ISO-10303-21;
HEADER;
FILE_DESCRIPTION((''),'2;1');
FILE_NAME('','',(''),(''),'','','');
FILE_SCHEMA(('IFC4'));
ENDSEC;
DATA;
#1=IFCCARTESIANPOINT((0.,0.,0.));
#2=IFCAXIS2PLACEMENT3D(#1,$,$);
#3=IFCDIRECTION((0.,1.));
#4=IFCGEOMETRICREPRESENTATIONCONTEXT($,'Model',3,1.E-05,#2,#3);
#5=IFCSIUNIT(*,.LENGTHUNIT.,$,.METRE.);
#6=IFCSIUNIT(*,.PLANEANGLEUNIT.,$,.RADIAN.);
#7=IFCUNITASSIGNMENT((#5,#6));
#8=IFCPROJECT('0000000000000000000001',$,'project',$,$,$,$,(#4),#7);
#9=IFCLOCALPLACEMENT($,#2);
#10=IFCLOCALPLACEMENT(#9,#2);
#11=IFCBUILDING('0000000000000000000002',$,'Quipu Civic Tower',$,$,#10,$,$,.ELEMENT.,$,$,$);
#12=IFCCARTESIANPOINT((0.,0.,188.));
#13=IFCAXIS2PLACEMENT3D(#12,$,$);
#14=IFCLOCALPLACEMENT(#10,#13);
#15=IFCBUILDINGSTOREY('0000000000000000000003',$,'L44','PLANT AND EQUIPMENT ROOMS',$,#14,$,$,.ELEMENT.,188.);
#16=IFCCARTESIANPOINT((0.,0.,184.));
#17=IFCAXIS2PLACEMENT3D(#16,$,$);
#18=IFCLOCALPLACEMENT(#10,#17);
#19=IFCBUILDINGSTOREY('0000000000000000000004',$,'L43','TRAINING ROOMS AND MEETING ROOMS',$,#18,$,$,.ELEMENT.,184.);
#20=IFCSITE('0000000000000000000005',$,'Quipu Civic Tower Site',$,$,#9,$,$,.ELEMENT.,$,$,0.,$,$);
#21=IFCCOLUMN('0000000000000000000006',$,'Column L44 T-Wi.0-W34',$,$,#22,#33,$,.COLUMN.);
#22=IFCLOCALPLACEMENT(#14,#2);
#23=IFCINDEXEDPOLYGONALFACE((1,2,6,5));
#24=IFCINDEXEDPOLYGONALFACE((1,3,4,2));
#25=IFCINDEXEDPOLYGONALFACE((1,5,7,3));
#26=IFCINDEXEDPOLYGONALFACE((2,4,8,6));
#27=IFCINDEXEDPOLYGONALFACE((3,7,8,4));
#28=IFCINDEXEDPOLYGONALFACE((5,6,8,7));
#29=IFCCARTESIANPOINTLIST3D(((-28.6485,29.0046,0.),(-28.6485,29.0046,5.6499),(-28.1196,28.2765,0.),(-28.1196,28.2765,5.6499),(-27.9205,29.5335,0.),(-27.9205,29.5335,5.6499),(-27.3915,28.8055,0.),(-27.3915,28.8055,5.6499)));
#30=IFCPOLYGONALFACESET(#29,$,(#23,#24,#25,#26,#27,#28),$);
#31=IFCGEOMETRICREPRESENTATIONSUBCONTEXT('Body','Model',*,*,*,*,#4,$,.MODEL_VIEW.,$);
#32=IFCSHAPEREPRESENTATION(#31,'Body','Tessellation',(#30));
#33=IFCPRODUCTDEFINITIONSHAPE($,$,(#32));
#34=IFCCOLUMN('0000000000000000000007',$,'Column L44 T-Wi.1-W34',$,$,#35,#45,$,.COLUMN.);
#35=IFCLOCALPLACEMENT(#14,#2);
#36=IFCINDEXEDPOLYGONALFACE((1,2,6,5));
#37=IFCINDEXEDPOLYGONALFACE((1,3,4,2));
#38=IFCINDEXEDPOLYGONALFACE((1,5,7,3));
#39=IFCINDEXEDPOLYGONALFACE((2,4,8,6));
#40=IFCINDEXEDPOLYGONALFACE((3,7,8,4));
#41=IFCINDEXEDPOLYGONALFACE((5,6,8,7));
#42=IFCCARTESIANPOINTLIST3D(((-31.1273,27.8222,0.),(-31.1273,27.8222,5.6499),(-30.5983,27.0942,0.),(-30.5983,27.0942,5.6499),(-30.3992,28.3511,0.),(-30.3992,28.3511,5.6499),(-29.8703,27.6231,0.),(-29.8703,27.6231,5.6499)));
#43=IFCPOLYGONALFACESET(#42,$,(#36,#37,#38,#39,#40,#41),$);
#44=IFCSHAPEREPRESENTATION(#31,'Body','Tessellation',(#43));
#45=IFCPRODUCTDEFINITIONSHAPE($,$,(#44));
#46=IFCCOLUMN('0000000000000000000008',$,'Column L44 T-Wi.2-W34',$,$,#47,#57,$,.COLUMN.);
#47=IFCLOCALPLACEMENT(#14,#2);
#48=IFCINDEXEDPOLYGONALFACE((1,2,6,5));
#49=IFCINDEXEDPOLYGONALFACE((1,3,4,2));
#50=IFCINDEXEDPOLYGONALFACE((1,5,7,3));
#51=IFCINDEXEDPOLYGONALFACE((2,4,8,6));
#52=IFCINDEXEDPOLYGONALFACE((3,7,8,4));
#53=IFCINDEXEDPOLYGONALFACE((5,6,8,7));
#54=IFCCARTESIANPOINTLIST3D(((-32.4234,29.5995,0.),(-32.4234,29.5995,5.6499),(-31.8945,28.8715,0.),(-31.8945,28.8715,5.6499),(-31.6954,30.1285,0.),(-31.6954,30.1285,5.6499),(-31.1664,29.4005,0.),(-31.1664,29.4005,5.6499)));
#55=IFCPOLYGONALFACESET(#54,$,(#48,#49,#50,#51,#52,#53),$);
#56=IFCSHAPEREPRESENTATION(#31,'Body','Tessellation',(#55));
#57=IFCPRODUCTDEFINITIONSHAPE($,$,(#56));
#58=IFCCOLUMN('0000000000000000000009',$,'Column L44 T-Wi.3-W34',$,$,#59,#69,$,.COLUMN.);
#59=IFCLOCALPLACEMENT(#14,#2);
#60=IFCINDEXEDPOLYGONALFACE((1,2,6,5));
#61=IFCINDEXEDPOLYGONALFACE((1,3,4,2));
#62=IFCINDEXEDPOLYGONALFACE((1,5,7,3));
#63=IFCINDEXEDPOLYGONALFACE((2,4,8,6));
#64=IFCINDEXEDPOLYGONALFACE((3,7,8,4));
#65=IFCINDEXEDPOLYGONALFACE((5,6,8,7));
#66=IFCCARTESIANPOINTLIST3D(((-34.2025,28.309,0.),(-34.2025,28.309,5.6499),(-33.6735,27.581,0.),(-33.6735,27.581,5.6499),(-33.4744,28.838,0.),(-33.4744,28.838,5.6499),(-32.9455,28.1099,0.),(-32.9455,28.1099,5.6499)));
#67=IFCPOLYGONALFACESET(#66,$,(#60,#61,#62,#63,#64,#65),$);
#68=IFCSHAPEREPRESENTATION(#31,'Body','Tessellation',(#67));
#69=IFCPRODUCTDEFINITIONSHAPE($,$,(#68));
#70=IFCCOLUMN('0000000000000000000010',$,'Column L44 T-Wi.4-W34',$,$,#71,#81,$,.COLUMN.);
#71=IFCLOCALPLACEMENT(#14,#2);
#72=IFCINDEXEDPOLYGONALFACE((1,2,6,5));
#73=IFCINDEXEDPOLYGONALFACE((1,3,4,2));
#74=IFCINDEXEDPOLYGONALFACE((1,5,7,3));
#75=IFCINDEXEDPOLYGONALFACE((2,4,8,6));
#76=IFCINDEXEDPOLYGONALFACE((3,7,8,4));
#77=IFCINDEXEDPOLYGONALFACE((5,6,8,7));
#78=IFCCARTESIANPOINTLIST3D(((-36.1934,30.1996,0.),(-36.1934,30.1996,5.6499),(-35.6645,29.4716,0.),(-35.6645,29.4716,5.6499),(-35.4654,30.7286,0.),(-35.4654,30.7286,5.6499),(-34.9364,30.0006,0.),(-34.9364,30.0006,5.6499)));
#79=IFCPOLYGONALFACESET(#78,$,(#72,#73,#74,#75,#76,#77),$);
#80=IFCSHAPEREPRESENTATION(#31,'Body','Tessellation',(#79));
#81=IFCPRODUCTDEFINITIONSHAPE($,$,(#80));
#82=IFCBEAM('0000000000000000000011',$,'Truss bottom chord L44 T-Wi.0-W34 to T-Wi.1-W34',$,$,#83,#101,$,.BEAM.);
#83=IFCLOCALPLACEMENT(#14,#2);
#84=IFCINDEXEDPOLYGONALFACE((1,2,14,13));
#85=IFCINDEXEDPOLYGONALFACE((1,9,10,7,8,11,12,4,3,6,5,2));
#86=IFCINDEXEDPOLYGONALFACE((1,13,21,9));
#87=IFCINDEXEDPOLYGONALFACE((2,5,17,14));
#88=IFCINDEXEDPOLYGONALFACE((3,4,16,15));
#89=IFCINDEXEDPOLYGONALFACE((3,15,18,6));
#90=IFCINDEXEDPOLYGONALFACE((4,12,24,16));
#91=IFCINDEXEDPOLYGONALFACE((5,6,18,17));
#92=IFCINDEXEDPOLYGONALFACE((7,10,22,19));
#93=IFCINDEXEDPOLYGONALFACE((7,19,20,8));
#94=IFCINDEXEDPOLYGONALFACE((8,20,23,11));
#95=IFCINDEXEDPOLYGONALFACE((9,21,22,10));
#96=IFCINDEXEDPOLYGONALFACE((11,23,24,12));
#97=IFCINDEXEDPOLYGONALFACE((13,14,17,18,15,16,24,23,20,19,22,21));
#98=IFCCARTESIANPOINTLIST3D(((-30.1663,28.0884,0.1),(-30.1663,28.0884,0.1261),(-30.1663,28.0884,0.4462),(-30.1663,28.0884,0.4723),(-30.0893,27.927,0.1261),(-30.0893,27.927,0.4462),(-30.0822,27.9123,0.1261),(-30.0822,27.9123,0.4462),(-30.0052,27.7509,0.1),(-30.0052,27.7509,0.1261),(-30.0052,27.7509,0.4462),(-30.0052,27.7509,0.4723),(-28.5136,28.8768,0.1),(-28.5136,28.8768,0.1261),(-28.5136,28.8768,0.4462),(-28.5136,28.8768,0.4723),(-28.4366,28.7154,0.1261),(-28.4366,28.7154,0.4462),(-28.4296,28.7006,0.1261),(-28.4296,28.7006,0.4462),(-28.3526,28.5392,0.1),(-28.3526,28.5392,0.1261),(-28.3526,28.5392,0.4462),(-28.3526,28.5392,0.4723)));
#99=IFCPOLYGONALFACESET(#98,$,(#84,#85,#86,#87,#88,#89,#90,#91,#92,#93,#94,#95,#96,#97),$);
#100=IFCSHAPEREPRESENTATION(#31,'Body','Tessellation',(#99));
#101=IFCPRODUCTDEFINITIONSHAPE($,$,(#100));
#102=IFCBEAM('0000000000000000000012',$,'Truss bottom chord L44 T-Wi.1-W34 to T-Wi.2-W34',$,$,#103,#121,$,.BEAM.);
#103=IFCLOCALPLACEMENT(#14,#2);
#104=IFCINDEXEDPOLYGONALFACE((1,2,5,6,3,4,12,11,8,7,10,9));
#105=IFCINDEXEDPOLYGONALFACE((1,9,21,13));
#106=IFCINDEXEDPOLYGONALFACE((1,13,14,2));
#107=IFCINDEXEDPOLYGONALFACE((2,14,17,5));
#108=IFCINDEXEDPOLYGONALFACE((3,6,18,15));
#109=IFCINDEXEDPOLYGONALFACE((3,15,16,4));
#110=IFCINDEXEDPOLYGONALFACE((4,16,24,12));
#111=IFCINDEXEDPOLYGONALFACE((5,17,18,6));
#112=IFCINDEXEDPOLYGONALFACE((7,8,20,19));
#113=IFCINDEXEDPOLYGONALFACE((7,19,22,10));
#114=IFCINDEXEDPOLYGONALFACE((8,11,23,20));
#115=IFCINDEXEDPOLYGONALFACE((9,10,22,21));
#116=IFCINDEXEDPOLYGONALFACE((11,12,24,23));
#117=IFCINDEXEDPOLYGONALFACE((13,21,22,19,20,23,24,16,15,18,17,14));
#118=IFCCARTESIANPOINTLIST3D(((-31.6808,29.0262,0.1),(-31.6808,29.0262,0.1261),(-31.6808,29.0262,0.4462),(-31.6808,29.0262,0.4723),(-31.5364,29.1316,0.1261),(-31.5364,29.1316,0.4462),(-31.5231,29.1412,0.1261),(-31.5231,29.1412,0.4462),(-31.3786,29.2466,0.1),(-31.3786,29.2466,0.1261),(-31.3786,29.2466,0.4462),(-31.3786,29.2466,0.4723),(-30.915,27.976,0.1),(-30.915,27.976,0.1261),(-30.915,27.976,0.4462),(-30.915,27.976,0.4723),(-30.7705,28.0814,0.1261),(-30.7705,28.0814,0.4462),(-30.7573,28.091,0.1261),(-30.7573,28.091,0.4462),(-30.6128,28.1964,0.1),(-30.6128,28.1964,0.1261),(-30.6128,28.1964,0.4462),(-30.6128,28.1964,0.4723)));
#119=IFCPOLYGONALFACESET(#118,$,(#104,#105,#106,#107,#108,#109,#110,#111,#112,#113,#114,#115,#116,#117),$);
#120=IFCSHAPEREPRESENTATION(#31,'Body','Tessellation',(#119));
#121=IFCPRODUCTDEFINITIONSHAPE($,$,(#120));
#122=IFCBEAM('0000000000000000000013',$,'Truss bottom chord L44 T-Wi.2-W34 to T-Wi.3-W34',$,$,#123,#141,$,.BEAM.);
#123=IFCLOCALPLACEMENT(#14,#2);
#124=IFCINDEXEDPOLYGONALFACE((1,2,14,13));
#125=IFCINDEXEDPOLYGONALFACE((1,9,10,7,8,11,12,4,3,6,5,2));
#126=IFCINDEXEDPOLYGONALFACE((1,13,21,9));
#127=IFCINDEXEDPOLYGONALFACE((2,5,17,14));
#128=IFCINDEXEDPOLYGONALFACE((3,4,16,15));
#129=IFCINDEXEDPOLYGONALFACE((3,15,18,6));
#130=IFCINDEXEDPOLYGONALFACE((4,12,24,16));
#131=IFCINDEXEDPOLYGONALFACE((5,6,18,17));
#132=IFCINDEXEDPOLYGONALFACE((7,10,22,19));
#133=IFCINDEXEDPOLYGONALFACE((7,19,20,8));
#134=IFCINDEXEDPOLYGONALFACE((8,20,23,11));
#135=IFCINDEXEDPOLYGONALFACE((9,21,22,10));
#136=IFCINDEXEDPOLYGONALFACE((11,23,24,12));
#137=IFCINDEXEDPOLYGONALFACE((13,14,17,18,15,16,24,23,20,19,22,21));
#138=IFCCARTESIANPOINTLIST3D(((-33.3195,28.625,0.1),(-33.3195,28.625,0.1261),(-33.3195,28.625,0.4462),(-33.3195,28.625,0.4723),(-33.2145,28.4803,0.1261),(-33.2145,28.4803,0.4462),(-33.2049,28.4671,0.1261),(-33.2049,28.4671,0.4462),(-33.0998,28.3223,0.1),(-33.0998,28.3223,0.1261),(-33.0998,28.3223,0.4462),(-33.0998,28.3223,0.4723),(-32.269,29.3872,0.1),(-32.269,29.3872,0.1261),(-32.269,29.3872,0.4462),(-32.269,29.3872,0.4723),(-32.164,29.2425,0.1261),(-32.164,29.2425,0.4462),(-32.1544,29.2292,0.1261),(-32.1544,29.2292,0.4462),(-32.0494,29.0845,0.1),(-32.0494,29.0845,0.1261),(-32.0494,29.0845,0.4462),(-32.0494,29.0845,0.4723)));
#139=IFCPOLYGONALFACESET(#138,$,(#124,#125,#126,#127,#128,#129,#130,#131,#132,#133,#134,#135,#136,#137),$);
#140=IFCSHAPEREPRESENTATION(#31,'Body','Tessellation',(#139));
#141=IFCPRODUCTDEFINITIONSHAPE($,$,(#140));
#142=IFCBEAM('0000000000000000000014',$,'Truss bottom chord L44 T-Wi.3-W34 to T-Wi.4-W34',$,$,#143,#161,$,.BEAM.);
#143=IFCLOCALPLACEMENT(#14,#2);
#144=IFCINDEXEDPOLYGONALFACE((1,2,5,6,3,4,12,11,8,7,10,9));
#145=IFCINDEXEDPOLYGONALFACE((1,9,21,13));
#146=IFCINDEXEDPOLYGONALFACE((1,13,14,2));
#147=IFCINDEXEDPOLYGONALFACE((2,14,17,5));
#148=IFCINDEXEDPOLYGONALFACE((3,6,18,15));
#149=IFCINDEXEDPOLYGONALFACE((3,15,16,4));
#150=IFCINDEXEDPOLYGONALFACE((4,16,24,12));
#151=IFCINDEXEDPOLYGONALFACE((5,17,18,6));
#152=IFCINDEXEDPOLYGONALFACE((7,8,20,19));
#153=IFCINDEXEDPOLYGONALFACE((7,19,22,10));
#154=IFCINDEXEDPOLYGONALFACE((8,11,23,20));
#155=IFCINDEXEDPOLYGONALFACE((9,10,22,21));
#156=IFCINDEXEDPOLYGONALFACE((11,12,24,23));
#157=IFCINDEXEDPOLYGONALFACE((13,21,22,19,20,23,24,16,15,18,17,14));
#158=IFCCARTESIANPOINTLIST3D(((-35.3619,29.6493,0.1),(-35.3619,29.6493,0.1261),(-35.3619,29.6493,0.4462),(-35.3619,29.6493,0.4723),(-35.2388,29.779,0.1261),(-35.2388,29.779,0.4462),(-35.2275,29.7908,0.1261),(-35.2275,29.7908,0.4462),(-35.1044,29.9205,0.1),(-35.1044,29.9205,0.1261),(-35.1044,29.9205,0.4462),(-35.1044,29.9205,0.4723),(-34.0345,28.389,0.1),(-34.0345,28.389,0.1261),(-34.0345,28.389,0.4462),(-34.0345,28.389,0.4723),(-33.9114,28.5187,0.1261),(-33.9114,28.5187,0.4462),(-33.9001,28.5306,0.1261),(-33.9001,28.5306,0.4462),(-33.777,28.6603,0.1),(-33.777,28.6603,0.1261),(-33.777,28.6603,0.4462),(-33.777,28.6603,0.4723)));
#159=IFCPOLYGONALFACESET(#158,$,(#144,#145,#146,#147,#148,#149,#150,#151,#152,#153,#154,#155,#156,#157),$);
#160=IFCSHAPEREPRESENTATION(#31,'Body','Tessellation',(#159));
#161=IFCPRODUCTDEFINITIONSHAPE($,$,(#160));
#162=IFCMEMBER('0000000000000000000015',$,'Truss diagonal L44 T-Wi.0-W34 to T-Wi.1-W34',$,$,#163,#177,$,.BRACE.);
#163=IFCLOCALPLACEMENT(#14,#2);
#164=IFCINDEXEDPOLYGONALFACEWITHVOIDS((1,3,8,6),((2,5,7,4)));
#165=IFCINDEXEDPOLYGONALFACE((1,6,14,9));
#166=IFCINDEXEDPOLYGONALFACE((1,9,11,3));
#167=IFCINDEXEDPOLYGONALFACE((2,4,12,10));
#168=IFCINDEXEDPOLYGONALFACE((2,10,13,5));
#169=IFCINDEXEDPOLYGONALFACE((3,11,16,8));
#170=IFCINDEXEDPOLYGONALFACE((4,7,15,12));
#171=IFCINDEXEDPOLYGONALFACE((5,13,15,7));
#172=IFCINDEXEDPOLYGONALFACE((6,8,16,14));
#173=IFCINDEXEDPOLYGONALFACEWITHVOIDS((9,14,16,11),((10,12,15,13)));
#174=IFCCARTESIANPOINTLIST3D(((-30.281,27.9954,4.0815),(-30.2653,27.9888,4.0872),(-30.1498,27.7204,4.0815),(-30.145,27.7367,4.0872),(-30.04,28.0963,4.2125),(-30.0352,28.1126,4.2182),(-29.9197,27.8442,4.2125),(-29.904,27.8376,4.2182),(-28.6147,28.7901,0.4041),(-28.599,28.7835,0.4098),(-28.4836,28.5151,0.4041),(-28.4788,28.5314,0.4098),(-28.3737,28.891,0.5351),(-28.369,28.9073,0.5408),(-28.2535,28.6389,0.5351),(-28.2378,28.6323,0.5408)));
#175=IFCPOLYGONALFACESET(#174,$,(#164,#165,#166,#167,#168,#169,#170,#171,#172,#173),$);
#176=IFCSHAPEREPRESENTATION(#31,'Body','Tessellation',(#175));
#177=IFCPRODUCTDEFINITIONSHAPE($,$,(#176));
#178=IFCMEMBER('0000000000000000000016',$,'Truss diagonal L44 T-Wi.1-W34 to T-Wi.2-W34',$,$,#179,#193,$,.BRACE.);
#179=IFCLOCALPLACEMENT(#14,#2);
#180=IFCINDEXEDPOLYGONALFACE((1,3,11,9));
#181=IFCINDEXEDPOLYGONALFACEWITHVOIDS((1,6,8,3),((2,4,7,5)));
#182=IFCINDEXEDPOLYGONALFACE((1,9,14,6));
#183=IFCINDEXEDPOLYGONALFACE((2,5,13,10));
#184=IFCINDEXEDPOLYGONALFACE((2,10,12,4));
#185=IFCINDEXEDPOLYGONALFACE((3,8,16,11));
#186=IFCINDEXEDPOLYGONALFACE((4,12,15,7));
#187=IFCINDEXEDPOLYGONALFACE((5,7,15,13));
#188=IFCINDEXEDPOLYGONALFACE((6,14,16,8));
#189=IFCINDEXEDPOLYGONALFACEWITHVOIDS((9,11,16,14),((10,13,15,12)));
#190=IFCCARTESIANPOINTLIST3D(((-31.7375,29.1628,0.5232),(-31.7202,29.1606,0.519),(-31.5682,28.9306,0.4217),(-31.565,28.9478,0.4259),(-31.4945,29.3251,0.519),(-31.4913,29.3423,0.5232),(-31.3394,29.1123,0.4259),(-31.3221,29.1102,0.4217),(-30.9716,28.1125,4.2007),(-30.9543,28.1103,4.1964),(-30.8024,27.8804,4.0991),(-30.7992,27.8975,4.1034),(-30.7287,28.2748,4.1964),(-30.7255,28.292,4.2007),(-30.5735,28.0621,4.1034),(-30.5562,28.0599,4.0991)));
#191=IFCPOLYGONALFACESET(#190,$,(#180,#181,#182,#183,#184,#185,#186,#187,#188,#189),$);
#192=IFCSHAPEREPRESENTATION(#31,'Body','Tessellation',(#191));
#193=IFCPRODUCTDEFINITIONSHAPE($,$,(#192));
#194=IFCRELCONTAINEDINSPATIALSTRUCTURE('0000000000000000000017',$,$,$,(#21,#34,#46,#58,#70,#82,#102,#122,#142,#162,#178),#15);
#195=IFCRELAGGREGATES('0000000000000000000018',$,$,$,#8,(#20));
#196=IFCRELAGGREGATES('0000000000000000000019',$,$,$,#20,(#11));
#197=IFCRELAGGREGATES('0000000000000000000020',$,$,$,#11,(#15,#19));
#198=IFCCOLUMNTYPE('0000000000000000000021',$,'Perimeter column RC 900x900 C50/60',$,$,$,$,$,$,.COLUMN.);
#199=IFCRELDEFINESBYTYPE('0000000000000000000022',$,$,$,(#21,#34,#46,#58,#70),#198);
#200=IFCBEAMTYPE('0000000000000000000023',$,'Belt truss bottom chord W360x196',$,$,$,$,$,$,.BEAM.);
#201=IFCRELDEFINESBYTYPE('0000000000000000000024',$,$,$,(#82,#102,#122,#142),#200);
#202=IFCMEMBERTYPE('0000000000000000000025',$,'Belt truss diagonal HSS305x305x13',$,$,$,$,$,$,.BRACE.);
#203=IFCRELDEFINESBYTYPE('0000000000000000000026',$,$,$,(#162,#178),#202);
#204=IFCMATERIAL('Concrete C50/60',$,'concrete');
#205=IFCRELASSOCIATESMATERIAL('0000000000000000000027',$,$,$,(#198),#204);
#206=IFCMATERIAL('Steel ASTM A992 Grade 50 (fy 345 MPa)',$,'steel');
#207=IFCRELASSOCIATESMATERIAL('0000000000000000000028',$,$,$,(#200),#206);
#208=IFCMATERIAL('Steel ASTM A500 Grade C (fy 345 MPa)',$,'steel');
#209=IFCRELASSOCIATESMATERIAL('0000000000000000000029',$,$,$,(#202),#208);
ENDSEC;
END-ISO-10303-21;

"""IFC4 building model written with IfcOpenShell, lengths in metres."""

from ifc_helpers import new_model, si_unit, direction, frame, origin, origin_2d, place, context, subcontext, project, spatial, rectangle, hollow_rectangle, i_section, extrude, material, material_profile, profile_set, type_object, element, save


model = new_model("IFC4")

# Units and contexts
model_context = context("Model", 3, precision=1e-05, world=origin(), true_north=direction((0.0, 1.0)))
body_context = subcontext(model_context, "Body", "Model", "MODEL_VIEW")
ifc_project = project(units=[si_unit("LENGTHUNIT", "METRE"), si_unit("PLANEANGLEUNIT", "RADIAN")], contexts=[model_context])

# Site, building, storey
site_placement = place(None, origin())
site = spatial("IfcSite", under=ifc_project, at=site_placement, Name="Quipu Civic Tower Site", CompositionType="ELEMENT", RefElevation=0.0)
building_placement = place(site_placement, origin())
building = spatial("IfcBuilding", under=site, at=building_placement, Name="Quipu Civic Tower", CompositionType="ELEMENT")
storey_1_placement = place(building_placement, frame((0.0, 0.0, 188.0)))
storey_1 = spatial("IfcBuildingStorey", under=building, at=storey_1_placement, Name="L44", Description="PLANT AND EQUIPMENT ROOMS", CompositionType="ELEMENT", Elevation=188.0)

# Columns
ifc_material_1 = material(Name="Concrete C50/60", Category="concrete")
ifc_material_profile_1 = material_profile(ifc_material_1, rectangle(XDim=0.8999, YDim=0.8999, at=origin_2d()), Name="RC900x900")
ifc_profile_set_1 = profile_set([ifc_material_profile_1], Name="Concrete C50/60")
column_type = type_object("IfcColumnType", Name="Perimeter column RC 900x900 C50/60", PredefinedType="COLUMN", material=ifc_profile_set_1)
for number, where, z_axis, x_axis, name in (
    (1, (-28.02, 28.905, 0.0), (0.0, 0.0, 1.0), (-0.809017, -0.587785, 0.0), "Column L44 T-Wi.0-W34"),
    (2, (-30.4988, 27.7227, 0.0), (0.0, 0.0, 1.0), (-0.809017, -0.587785, 0.0), "Column L44 T-Wi.1-W34"),
    (3, (-31.7949, 29.5, 0.0), (0.0, 0.0, 1.0), (-0.587785, 0.809017, 0.0), "Column L44 T-Wi.2-W34"),
    (4, (-33.574, 28.2095, 0.0), (0.0, 0.0, 1.0), (-0.587785, 0.809017, 0.0), "Column L44 T-Wi.3-W34"),
    (5, (-35.5649, 30.1001, 0.0), (0.0, 0.0, 1.0), (-0.809017, -0.587785, 0.0), "Column L44 T-Wi.4-W34"),
):
    element("IfcColumn", number, at=place(storey_1_placement, frame(where, z_axis=z_axis, x_axis=x_axis)), inside=storey_1, type_object=column_type, Name=name, PredefinedType="COLUMN", context=body_context, shape_type="SweptSolid", body=[
        extrude(rectangle(XDim=0.8999, YDim=0.8999, at=origin_2d()), origin(), (0.0, 0.0, 1.0), 5.6499),
    ])

# Beams
ifc_material_2 = material(Name="Steel ASTM A992 Grade 50 (fy 345 MPa)", Category="steel")
ifc_material_profile_2 = material_profile(ifc_material_2, i_section(OverallWidth=0.374, OverallDepth=0.3723, WebThickness=0.0164, FlangeThickness=0.0261, at=origin_2d()), Name="W360x196")
ifc_profile_set_2 = profile_set([ifc_material_profile_2], Name="Steel ASTM A992 Grade 50 (fy 345 MPa)")
beam_type_1 = type_object("IfcBeamType", Name="Belt truss bottom chord W360x196", PredefinedType="BEAM", material=ifc_profile_set_2)
beam_1_placement = place(storey_1_placement, frame((-28.4331, 28.708, 0.2861), z_axis=(-0.902567, -0.430549, 0.0), x_axis=(0.430549, -0.902567, 0.0)))
element("IfcBeam", 6, at=beam_1_placement, inside=storey_1, type_object=beam_type_1, Name="Truss bottom chord L44 T-Wi.0-W34 to T-Wi.1-W34", PredefinedType="BEAM", context=body_context, shape_type="SweptSolid", body=[
    extrude(i_section(OverallWidth=0.374, OverallDepth=0.3723, WebThickness=0.0164, FlangeThickness=0.0261, at=origin_2d()), origin(), (0.0, 0.0, 1.0), 1.8311),
])
beam_2_placement = place(storey_1_placement, frame((-30.7639, 28.0862, 0.2861), z_axis=(-0.589187, 0.807996, 0.0), x_axis=(-0.807996, -0.589187, 0.0)))
element("IfcBeam", 7, at=beam_2_placement, inside=storey_1, type_object=beam_type_1, Name="Truss bottom chord L44 T-Wi.1-W34 to T-Wi.2-W34", PredefinedType="BEAM", context=body_context, shape_type="SweptSolid", body=[
    extrude(i_section(OverallWidth=0.374, OverallDepth=0.3723, WebThickness=0.0164, FlangeThickness=0.0261, at=origin_2d()), origin(), (0.0, 0.0, 1.0), 1.2998),
])
beam_3_placement = place(storey_1_placement, frame((-32.1592, 29.2358, 0.2861), z_axis=(-0.809403, -0.587254, 0.0), x_axis=(0.587254, -0.809403, 0.0)))
element("IfcBeam", 8, at=beam_3_placement, inside=storey_1, type_object=beam_type_1, Name="Truss bottom chord L44 T-Wi.2-W34 to T-Wi.3-W34", PredefinedType="BEAM", context=body_context, shape_type="SweptSolid", body=[
    extrude(i_section(OverallWidth=0.374, OverallDepth=0.3723, WebThickness=0.0164, FlangeThickness=0.0261, at=origin_2d()), origin(), (0.0, 0.0, 1.0), 1.2979),
])
beam_4_placement = place(storey_1_placement, frame((-33.9058, 28.5247, 0.2861), z_axis=(-0.725209, 0.688529, 0.0), x_axis=(-0.688529, -0.725209, 0.0)))
element("IfcBeam", 9, at=beam_4_placement, inside=storey_1, type_object=beam_type_1, Name="Truss bottom chord L44 T-Wi.3-W34 to T-Wi.4-W34", PredefinedType="BEAM", context=body_context, shape_type="SweptSolid", body=[
    extrude(i_section(OverallWidth=0.374, OverallDepth=0.3723, WebThickness=0.0164, FlangeThickness=0.0261, at=origin_2d()), origin(), (0.0, 0.0, 1.0), 1.8303),
])

# Members
ifc_material_3 = material(Name="Steel ASTM A500 Grade C (fy 345 MPa)", Category="steel")
ifc_material_profile_3 = material_profile(ifc_material_3, hollow_rectangle(XDim=0.3047, YDim=0.3047, WallThickness=0.0127, at=origin_2d()), Name="HSS305x305x13")
ifc_profile_set_3 = profile_set([ifc_material_profile_3], Name="Steel ASTM A500 Grade C (fy 345 MPa)")
member_type_1 = type_object("IfcMemberType", Name="Belt truss diagonal HSS305x305x13", PredefinedType="BRACE", material=ifc_profile_set_3)
member_1_placement = place(storey_1_placement, frame((-28.4263, 28.7112, 0.4724), z_axis=(-0.40494, -0.193125, 0.893715), x_axis=(0.430473, -0.902604, 0.0)))
element("IfcMember", 10, at=member_1_placement, inside=storey_1, type_object=member_type_1, Name="Truss diagonal L44 T-Wi.0-W34 to T-Wi.1-W34", PredefinedType="BRACE", context=body_context, shape_type="SweptSolid", body=[
    extrude(hollow_rectangle(XDim=0.3047, YDim=0.3047, WallThickness=0.0127, at=origin_2d()), origin(), (0.0, 0.0, 1.0), 4.1147),
])
member_2_placement = place(storey_1_placement, frame((-30.7639, 28.0862, 4.1499), z_axis=(-0.196353, 0.269274, -0.942834), x_axis=(-0.807996, -0.589187, 0.0)))
element("IfcMember", 11, at=member_2_placement, inside=storey_1, type_object=member_type_1, Name="Truss diagonal L44 T-Wi.1-W34 to T-Wi.2-W34", PredefinedType="BRACE", context=body_context, shape_type="SweptSolid", body=[
    extrude(hollow_rectangle(XDim=0.3047, YDim=0.3047, WallThickness=0.0127, at=origin_2d()), origin(), (0.0, 0.0, 1.0), 3.9004),
])

# Shared definitions
storey_2_placement = place(building_placement, frame((0.0, 0.0, 184.0)))
storey_2 = spatial("IfcBuildingStorey", under=building, at=storey_2_placement, Name="L43", Description="TRAINING ROOMS AND MEETING ROOMS", CompositionType="ELEMENT", Elevation=184.0)

save(model, "model.ifc")
